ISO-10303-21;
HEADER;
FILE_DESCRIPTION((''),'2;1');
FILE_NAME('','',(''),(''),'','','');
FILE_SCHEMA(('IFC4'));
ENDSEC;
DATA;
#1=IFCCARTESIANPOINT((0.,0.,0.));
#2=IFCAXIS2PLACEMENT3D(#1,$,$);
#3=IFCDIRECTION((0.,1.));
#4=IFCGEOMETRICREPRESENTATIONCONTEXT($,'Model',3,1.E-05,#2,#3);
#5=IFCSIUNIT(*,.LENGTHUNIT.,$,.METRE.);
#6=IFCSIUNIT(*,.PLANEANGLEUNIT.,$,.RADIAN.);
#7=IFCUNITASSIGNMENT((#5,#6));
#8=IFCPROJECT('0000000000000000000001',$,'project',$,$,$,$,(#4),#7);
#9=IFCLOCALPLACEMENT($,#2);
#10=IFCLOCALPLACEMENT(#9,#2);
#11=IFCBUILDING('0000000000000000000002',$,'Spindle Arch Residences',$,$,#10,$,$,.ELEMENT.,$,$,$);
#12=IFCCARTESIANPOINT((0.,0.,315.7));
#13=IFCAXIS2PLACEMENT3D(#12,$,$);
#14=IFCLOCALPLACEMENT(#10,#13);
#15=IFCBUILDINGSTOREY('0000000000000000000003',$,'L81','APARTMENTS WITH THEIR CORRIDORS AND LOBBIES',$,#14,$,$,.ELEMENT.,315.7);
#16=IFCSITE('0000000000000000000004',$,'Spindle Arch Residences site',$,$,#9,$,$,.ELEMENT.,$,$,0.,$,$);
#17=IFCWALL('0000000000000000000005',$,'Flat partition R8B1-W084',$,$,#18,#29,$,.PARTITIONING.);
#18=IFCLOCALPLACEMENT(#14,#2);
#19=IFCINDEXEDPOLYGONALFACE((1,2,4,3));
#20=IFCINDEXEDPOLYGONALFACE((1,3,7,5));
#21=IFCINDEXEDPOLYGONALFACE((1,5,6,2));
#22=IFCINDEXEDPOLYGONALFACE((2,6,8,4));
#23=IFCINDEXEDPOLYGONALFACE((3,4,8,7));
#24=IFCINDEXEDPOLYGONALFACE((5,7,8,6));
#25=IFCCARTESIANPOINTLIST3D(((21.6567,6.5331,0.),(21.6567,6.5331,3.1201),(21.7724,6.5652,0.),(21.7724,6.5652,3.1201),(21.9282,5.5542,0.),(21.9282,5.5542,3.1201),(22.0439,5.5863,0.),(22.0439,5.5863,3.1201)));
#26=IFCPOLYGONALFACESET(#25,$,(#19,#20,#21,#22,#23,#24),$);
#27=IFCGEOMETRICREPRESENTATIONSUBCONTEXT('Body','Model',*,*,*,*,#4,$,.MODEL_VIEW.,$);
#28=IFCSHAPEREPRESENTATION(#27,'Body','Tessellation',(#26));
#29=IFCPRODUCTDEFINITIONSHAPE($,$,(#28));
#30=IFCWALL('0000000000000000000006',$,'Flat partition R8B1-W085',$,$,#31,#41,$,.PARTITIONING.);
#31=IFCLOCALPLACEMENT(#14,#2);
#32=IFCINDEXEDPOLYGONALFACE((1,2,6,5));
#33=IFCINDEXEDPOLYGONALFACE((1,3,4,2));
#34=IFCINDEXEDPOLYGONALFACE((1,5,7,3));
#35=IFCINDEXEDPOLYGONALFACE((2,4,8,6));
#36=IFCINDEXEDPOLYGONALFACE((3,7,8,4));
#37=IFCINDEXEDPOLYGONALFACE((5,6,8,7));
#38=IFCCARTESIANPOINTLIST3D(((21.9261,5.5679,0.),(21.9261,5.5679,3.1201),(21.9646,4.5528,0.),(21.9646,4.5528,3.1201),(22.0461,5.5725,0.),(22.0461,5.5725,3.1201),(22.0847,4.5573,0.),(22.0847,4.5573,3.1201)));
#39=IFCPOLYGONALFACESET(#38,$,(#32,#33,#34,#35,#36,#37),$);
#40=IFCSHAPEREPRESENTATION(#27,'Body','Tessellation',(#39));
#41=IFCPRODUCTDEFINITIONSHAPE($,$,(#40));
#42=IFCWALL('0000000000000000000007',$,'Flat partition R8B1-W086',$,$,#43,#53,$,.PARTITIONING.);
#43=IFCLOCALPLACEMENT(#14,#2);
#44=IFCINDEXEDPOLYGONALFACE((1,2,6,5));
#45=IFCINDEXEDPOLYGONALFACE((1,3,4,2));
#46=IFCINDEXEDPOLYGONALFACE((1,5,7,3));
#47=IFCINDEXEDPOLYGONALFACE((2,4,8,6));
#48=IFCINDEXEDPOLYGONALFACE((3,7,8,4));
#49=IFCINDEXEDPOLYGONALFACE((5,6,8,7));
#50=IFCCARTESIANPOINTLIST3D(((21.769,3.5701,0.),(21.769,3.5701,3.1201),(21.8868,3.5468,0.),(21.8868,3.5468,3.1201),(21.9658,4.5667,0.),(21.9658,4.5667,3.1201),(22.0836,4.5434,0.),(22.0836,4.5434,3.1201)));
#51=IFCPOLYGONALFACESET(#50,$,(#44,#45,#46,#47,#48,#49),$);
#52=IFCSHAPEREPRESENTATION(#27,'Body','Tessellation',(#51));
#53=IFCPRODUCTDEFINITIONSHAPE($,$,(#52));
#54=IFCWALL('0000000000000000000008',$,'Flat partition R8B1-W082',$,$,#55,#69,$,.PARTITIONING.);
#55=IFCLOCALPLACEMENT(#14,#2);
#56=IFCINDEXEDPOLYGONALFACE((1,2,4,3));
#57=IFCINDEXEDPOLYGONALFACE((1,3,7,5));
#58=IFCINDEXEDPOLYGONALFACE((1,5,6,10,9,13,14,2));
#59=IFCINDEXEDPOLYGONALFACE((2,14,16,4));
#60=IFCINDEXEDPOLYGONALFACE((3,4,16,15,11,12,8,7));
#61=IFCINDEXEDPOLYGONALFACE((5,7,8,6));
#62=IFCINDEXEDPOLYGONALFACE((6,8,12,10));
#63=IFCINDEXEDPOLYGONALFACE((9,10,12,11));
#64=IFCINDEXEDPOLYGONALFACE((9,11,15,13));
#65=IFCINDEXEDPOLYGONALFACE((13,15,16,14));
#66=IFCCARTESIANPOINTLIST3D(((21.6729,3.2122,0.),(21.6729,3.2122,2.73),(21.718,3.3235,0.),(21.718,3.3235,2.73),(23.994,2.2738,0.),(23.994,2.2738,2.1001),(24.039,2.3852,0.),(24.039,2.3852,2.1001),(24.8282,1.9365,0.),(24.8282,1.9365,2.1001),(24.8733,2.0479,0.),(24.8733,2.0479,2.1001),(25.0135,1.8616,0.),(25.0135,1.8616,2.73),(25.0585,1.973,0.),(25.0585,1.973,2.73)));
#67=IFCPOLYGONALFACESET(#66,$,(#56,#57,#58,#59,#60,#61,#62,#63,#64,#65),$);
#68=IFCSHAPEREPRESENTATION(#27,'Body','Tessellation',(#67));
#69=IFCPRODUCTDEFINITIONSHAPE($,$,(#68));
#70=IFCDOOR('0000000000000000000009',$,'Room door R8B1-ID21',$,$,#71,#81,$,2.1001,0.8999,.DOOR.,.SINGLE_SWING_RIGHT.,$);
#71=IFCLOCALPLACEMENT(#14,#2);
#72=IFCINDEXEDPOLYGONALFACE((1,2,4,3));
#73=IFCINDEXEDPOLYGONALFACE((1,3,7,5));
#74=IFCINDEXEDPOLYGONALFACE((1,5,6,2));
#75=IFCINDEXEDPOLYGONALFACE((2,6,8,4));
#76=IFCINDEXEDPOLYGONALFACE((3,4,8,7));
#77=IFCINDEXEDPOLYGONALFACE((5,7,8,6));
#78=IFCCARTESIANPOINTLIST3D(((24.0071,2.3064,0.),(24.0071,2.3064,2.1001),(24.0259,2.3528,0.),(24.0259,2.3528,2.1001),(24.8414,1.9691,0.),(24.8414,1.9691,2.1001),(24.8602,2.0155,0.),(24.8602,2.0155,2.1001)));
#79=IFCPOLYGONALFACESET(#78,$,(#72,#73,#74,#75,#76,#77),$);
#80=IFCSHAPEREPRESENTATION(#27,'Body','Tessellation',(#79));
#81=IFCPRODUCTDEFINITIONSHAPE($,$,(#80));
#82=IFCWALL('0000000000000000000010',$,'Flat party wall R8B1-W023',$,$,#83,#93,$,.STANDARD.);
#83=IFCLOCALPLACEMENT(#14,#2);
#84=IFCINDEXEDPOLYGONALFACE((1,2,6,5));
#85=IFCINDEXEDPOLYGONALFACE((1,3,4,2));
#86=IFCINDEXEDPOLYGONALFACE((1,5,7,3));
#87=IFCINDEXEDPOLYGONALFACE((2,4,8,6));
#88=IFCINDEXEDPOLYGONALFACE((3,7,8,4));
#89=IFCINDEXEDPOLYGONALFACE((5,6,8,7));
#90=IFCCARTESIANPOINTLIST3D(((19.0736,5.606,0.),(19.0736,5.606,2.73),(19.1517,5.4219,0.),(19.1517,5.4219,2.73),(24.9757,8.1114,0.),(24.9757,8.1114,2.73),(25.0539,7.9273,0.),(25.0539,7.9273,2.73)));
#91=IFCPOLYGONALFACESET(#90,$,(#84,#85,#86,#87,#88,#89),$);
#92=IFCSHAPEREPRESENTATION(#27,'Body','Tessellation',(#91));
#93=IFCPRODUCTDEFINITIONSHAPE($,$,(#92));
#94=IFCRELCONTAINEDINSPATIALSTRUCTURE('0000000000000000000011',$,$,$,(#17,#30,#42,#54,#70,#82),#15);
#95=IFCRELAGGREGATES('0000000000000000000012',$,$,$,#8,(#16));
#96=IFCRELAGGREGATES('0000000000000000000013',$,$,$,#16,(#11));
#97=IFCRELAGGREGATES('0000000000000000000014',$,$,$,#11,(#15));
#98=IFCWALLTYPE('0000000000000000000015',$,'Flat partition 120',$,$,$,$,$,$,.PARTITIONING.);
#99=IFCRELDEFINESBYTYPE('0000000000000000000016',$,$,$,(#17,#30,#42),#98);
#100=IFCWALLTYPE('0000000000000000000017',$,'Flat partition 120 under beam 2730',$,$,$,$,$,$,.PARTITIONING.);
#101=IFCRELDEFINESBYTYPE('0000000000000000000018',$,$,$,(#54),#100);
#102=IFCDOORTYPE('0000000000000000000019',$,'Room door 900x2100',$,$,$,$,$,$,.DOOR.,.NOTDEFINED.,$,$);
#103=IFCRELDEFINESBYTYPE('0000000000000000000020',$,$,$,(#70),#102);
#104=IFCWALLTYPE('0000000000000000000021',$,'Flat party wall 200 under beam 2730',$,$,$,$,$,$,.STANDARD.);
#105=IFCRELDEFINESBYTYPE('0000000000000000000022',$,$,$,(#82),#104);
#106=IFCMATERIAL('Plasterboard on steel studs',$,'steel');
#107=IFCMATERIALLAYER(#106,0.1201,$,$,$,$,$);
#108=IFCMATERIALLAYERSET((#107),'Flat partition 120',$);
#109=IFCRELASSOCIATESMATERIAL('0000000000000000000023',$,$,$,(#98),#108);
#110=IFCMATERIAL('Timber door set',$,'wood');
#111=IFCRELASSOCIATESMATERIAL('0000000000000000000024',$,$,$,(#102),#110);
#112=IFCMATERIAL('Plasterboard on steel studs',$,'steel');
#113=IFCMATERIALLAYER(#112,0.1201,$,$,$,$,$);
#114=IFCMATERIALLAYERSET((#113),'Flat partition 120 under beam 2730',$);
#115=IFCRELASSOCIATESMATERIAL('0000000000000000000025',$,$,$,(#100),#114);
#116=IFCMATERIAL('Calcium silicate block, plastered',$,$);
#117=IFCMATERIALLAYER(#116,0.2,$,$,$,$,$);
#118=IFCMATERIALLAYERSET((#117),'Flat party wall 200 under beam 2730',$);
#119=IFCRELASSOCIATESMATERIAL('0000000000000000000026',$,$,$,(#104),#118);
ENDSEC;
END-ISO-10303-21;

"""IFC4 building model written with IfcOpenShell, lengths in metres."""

from ifc_helpers import new_model, si_unit, direction, frame, frame_2d, origin, place, context, subcontext, project, spatial, rectangle, extrude, material, layer, layer_set, type_object, element, fill, save


model = new_model("IFC4")

# Units and contexts
model_context = context("Model", 3, precision=1e-05, world=origin(), true_north=direction((0.0, 1.0)))
body_context = subcontext(model_context, "Body", "Model", "MODEL_VIEW")
ifc_project = project(units=[si_unit("LENGTHUNIT", "METRE"), si_unit("PLANEANGLEUNIT", "RADIAN")], contexts=[model_context])

# Site, building, storey
site_placement = place(None, origin())
site = spatial("IfcSite", under=ifc_project, at=site_placement, Name="Spindle Arch Residences site", CompositionType="ELEMENT", RefElevation=0.0)
building_placement = place(site_placement, origin())
building = spatial("IfcBuilding", under=site, at=building_placement, Name="Spindle Arch Residences", CompositionType="ELEMENT")
storey_placement = place(building_placement, frame((0.0, 0.0, 315.7)))
storey = spatial("IfcBuildingStorey", under=building, at=storey_placement, Name="L81", Description="APARTMENTS WITH THEIR CORRIDORS AND LOBBIES", CompositionType="ELEMENT", Elevation=315.7)

# Shared definitions
ifc_material_1 = material(Name="Plasterboard on steel studs", Category="steel")
ifc_layer_1 = layer(ifc_material_1, 0.1201)
ifc_layer_set_1 = layer_set([ifc_layer_1], Name="Flat partition 120")
wall_type_1 = type_object("IfcWallType", Name="Flat partition 120", PredefinedType="PARTITIONING", material=ifc_layer_set_1)

# Shared definitions
ifc_material_2 = material(Name="Timber door set", Category="wood")
door_type_1 = type_object("IfcDoorType", Name="Room door 900x2100", OperationType="NOTDEFINED", PredefinedType="DOOR", material=ifc_material_2)

# Walls
for number, where, z_axis, x_axis, name in (
    (1, (21.7146, 6.5491, 0.0), (0.0, 0.0, 1.0), (0.267222, -0.963635, 0.0), "Flat partition R8B1-W084"),
    (2, (21.9861, 5.5701, 0.0), (0.0, 0.0, 1.0), (0.037972, -0.999279, 0.0), "Flat partition R8B1-W085"),
    (3, (22.0247, 4.5549, 0.0), (0.0, 0.0, 1.0), (-0.193712, -0.981058, 0.0), "Flat partition R8B1-W086"),
):
    element("IfcWall", number, at=place(storey_placement, frame(where, z_axis=z_axis, x_axis=x_axis)), inside=storey, type_object=wall_type_1, Name=name, PredefinedType="PARTITIONING", context=body_context, shape_type="SweptSolid", body=[
        extrude(rectangle(XDim=1.0159, YDim=0.1201, at=frame_2d((0.5078, 0.0))), origin(), (0.0, 0.0, 1.0), 3.1201),
    ])

# Wall, opening, door
ifc_material_3 = material(Name="Plasterboard on steel studs", Category="steel")
ifc_layer_2 = layer(ifc_material_3, 0.1201)
ifc_layer_set_2 = layer_set([ifc_layer_2], Name="Flat partition 120 under beam 2730")
wall_type_2 = type_object("IfcWallType", Name="Flat partition 120 under beam 2730", PredefinedType="PARTITIONING", material=ifc_layer_set_2)
wall_1_placement = place(storey_placement, frame((25.0361, 1.9172, 0.0), z_axis=(0.0, 0.0, 1.0), x_axis=(-0.927097, 0.374823, 0.0)))
wall_1 = element("IfcWall", 4, at=wall_1_placement, inside=storey, type_object=wall_type_2, Name="Flat partition R8B1-W082", PredefinedType="PARTITIONING", context=body_context, shape_type="SweptSolid", body=[
    extrude(rectangle(XDim=3.6033, YDim=0.1201, at=frame_2d((1.8018, 0.0))), origin(), (0.0, 0.0, 1.0), 2.73),
])
opening_1_placement = place(wall_1_placement, frame((0.2, 0.0, 0.0)))
opening_1 = element("IfcOpeningElement", 5, at=opening_1_placement, cuts=wall_1, PredefinedType="OPENING", context=body_context, shape_type="SweptSolid", body=[
    extrude(rectangle(XDim=0.8999, YDim=2.1001, at=frame_2d((0.45, 1.05))), frame((0.0, 0.0701, 0.0), z_axis=(0.0, -1.0, 0.0), x_axis=(1.0, 0.0, 0.0)), (0.0, 0.0, 1.0), 0.1401),
])
door_1_placement = place(opening_1_placement, origin())
door_1 = element("IfcDoor", 6, at=door_1_placement, inside=storey, type_object=door_type_1, Name="Room door R8B1-ID21", OperationType="SINGLE_SWING_RIGHT", OverallHeight=2.1001, OverallWidth=0.8999, PredefinedType="DOOR", context=body_context, shape_type="SweptSolid", body=[
    extrude(rectangle(XDim=0.8999, YDim=2.1001, at=frame_2d((0.45, 1.05))), frame((0.0, 0.0249, 0.0), z_axis=(0.0, -1.0, 0.0), x_axis=(1.0, 0.0, 0.0)), (0.0, 0.0, 1.0), 0.05),
])
fill(opening_1, door_1)

# Wall
ifc_material_4 = material(Name="Calcium silicate block, plastered")
ifc_layer_3 = layer(ifc_material_4, 0.2)
ifc_layer_set_3 = layer_set([ifc_layer_3], Name="Flat party wall 200 under beam 2730")
wall_type_3 = type_object("IfcWallType", Name="Flat party wall 200 under beam 2730", PredefinedType="STANDARD", material=ifc_layer_set_3)
wall_2_placement = place(storey_placement, frame((19.1125, 5.5139, 0.0), z_axis=(0.0, 0.0, 1.0), x_axis=(0.9205, 0.390741, 0.0)))
element("IfcWall", 7, at=wall_2_placement, inside=storey, type_object=wall_type_3, Name="Flat party wall R8B1-W023", PredefinedType="STANDARD", context=body_context, shape_type="SweptSolid", body=[
    extrude(rectangle(XDim=6.4119, YDim=0.2, at=frame_2d((3.2061, 0.0))), origin(), (0.0, 0.0, 1.0), 2.73),
])

save(model, "model.ifc")
